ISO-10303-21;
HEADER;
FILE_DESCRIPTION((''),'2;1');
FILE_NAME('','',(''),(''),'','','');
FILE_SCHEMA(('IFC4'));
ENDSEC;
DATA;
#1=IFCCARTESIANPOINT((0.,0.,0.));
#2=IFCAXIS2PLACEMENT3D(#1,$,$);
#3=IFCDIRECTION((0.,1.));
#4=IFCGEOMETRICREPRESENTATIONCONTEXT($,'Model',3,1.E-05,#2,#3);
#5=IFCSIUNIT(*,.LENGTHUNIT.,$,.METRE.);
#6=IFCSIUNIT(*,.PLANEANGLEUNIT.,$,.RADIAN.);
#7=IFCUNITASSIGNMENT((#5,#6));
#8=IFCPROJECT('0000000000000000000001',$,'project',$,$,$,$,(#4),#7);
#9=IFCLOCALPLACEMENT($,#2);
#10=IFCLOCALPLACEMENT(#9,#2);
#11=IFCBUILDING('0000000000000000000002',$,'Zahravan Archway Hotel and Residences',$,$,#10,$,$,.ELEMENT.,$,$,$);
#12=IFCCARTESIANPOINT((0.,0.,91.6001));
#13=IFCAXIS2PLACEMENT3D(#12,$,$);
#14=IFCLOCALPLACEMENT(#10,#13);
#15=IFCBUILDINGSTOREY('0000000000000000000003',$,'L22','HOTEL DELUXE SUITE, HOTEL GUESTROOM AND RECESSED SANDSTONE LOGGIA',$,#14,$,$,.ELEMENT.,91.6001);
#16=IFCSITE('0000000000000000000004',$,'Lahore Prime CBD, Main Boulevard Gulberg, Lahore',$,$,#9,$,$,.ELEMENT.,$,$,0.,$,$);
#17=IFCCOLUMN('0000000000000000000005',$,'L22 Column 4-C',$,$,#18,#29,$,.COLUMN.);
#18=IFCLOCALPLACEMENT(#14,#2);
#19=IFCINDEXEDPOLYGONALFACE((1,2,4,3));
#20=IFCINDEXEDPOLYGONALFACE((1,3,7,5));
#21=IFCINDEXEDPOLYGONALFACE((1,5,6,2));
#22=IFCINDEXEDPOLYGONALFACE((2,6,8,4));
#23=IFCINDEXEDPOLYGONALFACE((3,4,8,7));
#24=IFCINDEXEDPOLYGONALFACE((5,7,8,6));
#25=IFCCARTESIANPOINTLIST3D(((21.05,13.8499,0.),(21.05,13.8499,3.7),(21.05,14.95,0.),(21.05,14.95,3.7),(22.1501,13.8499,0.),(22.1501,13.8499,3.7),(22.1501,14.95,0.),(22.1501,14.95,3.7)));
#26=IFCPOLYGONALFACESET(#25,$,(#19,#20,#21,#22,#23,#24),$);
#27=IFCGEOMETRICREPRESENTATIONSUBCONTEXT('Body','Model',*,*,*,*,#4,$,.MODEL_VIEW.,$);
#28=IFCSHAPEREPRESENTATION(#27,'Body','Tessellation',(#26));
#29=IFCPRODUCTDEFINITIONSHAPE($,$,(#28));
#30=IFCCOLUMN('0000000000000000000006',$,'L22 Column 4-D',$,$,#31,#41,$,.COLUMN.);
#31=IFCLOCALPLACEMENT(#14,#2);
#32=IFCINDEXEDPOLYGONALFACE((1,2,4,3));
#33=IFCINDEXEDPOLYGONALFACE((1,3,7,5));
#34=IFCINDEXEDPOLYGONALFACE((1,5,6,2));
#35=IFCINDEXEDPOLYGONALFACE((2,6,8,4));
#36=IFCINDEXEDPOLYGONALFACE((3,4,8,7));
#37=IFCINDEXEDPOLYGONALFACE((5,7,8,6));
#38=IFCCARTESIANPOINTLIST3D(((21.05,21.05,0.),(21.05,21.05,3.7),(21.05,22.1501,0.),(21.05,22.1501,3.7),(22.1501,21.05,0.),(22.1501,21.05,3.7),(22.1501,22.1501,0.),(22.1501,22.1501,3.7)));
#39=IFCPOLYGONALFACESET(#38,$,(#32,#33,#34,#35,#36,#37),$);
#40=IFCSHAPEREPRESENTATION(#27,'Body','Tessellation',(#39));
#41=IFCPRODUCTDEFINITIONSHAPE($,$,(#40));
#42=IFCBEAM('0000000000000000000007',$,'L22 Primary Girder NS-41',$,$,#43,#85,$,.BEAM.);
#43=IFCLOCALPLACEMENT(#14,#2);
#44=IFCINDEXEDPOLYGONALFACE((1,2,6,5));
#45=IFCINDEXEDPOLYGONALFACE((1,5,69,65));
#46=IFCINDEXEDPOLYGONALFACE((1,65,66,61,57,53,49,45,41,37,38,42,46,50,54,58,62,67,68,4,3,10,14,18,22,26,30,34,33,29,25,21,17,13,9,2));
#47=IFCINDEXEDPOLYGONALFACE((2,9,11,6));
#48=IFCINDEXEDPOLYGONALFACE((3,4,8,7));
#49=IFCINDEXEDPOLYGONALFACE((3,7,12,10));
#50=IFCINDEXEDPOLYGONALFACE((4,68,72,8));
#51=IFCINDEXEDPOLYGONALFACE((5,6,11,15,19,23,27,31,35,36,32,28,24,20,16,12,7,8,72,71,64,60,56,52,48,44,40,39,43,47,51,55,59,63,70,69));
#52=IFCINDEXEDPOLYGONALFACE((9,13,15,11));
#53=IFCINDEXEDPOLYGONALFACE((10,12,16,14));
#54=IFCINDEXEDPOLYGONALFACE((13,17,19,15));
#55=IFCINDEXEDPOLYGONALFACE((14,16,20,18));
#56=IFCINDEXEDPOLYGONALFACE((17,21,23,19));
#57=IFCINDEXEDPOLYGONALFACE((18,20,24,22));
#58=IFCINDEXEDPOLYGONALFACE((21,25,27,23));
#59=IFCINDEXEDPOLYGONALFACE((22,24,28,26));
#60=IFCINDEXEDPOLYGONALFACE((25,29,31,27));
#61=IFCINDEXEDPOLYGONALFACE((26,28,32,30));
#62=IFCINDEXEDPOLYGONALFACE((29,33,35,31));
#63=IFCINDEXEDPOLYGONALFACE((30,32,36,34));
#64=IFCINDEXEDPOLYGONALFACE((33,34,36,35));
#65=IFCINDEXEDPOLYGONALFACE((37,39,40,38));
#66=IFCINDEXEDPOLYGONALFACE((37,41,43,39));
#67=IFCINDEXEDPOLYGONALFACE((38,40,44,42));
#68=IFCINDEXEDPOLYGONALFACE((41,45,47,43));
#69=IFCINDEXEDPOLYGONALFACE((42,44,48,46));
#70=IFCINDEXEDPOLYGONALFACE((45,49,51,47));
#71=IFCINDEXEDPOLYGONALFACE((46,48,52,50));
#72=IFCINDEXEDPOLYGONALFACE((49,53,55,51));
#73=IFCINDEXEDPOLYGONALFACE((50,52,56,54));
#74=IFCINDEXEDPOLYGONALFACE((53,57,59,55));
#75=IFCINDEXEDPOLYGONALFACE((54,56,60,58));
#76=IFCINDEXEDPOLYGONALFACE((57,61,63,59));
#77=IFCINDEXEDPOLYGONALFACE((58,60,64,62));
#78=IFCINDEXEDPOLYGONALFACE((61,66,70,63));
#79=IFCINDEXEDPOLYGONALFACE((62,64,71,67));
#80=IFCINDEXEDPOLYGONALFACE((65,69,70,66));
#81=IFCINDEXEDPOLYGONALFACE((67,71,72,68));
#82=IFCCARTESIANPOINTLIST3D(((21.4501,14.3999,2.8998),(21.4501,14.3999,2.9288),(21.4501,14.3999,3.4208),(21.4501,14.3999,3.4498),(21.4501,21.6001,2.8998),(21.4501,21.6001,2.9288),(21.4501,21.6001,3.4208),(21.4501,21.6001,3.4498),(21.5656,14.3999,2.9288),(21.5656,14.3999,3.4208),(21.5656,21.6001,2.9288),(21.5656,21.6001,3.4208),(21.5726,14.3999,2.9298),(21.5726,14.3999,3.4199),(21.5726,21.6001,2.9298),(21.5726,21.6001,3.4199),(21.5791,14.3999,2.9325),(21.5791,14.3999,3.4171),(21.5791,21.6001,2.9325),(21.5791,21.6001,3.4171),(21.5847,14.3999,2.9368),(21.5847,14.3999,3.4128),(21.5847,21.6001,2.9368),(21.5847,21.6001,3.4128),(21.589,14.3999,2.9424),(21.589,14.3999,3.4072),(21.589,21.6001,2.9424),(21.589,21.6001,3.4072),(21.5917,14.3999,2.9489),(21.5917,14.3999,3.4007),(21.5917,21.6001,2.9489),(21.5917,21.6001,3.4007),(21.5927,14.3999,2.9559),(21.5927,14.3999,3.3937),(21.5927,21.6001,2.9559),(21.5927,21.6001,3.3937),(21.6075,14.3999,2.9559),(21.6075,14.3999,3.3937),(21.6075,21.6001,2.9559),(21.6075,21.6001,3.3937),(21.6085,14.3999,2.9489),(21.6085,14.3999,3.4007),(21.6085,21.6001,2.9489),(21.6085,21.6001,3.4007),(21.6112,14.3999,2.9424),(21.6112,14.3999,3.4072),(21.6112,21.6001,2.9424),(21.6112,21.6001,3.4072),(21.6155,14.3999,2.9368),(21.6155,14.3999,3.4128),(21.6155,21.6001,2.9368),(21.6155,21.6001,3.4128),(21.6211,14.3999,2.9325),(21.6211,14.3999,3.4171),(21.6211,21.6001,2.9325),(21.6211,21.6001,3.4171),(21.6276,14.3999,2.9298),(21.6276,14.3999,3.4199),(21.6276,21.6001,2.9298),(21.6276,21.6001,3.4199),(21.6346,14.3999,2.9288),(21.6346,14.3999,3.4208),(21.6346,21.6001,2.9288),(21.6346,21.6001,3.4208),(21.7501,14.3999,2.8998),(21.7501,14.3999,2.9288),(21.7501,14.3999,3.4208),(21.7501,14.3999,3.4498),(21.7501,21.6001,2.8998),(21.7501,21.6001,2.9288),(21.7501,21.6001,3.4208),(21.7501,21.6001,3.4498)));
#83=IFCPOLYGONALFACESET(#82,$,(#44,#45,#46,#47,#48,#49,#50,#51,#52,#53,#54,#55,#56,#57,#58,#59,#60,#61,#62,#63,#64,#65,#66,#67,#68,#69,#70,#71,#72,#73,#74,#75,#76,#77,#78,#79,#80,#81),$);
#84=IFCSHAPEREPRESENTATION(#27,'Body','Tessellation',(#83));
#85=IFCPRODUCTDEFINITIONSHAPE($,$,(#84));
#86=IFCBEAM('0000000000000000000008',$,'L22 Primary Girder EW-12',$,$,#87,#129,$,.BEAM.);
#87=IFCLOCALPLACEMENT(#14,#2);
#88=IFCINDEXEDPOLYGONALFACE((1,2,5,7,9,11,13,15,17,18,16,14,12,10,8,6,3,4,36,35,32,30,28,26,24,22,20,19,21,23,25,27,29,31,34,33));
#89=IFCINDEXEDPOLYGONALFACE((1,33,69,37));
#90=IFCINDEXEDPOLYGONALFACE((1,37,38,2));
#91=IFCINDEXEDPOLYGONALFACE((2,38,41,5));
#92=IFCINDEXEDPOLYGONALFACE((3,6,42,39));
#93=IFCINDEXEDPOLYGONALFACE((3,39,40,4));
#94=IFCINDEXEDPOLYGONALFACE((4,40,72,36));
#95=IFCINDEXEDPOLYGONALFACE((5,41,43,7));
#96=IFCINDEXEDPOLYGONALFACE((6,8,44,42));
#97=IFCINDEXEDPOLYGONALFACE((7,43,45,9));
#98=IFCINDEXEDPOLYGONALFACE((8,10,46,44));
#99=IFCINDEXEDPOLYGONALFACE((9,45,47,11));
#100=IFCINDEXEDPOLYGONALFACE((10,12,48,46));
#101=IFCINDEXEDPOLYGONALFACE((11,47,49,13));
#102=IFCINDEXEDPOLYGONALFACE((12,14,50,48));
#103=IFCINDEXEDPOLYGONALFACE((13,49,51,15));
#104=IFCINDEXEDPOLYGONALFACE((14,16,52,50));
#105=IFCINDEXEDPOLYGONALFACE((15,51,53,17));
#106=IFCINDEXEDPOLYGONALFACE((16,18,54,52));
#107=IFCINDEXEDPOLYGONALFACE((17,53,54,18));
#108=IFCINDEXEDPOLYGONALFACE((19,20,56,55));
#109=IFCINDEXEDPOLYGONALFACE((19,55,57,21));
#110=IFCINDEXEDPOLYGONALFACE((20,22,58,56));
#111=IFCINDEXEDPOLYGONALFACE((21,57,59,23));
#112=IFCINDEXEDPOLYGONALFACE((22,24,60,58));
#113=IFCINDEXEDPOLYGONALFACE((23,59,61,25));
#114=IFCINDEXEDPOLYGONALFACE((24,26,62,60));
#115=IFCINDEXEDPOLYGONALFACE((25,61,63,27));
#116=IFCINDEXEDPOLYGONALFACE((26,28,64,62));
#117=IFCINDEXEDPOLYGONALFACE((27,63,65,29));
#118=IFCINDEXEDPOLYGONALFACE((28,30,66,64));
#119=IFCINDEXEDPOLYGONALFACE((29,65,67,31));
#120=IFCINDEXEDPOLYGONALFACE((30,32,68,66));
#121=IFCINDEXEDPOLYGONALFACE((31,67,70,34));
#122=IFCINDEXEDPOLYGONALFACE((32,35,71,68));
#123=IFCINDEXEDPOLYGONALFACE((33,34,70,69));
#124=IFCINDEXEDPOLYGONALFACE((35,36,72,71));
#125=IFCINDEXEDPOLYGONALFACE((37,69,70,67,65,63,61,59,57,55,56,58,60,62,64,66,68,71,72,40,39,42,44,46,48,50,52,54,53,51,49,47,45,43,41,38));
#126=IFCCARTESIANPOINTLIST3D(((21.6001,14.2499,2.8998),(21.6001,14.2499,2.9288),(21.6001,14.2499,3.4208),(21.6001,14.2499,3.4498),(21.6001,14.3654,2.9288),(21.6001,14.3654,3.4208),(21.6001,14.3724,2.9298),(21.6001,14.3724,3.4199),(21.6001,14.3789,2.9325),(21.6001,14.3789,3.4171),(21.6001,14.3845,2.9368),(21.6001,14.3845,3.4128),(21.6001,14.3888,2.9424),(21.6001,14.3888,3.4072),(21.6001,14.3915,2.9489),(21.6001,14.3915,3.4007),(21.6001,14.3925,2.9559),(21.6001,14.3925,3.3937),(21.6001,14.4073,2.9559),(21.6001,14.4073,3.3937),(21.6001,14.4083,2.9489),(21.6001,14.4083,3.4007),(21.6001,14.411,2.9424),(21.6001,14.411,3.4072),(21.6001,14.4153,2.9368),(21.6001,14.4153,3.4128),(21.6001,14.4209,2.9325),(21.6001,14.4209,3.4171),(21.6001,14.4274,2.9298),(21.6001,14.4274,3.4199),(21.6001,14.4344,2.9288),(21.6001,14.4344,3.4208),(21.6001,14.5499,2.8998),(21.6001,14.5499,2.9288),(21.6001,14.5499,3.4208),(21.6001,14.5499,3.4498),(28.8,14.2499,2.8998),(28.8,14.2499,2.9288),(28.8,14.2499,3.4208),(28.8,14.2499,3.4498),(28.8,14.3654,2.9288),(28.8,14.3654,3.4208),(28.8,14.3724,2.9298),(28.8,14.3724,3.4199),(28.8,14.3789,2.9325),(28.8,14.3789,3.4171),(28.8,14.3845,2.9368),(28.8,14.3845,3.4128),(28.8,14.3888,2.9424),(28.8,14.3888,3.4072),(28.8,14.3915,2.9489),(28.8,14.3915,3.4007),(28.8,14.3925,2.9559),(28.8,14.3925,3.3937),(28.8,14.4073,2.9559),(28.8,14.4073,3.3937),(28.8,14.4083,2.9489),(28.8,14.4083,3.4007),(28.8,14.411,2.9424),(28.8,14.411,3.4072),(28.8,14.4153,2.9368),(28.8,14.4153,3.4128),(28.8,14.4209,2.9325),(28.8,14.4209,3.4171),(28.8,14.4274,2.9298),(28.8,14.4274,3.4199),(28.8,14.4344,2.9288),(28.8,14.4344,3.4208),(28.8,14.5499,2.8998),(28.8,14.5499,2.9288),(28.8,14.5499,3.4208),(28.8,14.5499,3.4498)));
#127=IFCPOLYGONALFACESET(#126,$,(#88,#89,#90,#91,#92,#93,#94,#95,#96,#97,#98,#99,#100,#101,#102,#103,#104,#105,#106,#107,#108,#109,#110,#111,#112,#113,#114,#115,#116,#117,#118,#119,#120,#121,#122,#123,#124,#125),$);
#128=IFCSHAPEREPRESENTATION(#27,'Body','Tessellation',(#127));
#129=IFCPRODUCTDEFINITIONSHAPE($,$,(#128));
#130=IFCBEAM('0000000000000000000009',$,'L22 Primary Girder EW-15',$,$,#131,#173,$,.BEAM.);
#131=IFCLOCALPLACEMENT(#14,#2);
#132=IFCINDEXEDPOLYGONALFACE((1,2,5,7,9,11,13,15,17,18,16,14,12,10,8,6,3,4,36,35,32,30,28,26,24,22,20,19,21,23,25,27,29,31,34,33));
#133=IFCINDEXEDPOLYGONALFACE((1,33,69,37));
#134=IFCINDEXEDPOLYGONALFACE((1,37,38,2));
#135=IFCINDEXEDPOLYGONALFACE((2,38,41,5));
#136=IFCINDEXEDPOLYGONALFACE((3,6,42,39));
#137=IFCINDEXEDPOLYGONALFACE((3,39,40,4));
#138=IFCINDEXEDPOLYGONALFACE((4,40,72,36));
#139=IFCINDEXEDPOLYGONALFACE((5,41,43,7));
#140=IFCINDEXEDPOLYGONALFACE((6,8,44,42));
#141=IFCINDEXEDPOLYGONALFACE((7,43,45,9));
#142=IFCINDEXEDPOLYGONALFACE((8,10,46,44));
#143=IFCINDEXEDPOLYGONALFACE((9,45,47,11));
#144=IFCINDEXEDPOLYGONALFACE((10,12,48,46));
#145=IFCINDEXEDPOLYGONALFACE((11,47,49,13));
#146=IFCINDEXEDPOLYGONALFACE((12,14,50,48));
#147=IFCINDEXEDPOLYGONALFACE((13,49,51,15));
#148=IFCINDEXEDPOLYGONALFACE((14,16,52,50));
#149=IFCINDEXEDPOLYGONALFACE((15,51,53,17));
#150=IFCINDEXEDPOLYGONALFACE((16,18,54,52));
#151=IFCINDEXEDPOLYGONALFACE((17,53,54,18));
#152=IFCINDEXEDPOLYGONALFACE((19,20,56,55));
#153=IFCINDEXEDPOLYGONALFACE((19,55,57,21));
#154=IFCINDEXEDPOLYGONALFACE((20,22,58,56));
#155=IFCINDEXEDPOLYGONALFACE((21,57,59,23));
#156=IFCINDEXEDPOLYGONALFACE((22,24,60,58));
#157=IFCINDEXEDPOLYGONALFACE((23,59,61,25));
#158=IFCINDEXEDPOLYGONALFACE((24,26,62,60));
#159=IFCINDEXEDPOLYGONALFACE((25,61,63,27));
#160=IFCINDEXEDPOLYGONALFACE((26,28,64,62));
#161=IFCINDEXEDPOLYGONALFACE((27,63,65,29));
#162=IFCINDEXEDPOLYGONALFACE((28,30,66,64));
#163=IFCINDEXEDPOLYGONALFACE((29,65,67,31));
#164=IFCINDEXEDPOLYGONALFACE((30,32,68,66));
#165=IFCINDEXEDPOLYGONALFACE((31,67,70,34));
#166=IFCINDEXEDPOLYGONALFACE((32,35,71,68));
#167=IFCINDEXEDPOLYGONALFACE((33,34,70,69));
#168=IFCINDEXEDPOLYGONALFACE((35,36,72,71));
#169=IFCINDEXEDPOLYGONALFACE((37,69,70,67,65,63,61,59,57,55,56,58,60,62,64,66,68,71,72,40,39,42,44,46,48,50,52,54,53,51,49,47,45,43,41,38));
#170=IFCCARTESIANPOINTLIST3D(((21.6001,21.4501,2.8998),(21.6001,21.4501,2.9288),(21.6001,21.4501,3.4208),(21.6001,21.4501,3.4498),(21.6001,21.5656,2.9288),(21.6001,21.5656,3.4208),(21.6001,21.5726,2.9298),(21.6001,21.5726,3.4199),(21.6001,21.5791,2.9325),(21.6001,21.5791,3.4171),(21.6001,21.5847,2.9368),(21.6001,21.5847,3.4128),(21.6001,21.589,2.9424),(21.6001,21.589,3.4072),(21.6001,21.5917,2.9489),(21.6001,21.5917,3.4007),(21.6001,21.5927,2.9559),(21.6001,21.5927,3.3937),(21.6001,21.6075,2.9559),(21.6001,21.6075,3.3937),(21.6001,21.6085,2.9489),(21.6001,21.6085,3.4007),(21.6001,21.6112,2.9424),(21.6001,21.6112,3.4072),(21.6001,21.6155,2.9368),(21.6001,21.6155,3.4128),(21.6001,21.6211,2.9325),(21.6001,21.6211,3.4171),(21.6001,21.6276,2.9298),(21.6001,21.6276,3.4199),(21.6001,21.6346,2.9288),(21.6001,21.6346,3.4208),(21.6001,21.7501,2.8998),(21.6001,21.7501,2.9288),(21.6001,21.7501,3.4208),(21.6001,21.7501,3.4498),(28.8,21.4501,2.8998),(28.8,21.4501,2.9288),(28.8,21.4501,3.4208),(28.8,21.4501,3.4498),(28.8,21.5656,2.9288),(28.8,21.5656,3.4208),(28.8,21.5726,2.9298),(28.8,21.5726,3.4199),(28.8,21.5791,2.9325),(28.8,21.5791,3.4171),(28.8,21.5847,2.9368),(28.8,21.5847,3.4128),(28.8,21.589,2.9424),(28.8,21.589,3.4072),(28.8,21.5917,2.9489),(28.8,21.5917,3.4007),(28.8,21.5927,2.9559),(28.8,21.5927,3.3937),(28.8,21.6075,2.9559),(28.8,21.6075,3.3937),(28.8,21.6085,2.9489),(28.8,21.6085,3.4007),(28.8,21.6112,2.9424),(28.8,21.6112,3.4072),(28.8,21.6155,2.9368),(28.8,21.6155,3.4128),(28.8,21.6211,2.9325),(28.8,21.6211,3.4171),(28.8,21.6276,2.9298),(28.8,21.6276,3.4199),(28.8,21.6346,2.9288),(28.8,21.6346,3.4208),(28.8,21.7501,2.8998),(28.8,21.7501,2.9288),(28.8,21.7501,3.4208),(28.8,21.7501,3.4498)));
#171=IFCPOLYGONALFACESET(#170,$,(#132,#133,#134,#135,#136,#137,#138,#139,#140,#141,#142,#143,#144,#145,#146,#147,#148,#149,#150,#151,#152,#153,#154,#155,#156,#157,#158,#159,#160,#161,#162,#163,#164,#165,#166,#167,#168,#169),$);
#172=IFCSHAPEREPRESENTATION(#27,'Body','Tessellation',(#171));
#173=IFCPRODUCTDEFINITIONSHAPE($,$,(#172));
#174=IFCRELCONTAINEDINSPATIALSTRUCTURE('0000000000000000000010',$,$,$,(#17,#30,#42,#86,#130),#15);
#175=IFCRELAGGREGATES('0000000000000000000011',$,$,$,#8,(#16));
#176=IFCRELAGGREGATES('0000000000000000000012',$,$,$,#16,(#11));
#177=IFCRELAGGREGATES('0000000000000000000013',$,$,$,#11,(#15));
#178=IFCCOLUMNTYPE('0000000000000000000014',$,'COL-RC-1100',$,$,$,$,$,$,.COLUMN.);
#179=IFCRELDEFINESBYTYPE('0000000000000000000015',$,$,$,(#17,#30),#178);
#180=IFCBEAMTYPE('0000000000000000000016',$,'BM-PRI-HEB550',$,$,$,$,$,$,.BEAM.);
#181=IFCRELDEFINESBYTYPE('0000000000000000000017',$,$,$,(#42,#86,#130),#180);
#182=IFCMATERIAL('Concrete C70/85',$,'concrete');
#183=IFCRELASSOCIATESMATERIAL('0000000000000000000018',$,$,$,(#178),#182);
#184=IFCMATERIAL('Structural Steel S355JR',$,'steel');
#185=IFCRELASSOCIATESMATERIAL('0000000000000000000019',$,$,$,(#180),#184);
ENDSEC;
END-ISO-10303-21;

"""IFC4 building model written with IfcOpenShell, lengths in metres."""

from ifc_helpers import new_model, si_unit, direction, frame, origin, origin_2d, place, context, subcontext, project, spatial, rectangle, i_section, extrude, source, transform, mapped, material, material_profile, profile_set, type_object, type_shapes, element, save


model = new_model("IFC4")

# Units and contexts
model_context = context("Model", 3, precision=1e-05, world=origin(), true_north=direction((0.0, 1.0)))
body_context = subcontext(model_context, "Body", "Model", "MODEL_VIEW")
ifc_project = project(units=[si_unit("LENGTHUNIT", "METRE"), si_unit("PLANEANGLEUNIT", "RADIAN")], contexts=[model_context])

# Site, building, storey
site_placement = place(None, origin())
site = spatial("IfcSite", under=ifc_project, at=site_placement, Name="Lahore Prime CBD, Main Boulevard Gulberg, Lahore", CompositionType="ELEMENT", RefElevation=0.0)
building_placement = place(site_placement, origin())
building = spatial("IfcBuilding", under=site, at=building_placement, Name="Zahravan Archway Hotel and Residences", CompositionType="ELEMENT")
storey_placement = place(building_placement, frame((0.0, 0.0, 91.6001)))
storey = spatial("IfcBuildingStorey", under=building, at=storey_placement, Name="L22", Description="HOTEL DELUXE SUITE, HOTEL GUESTROOM AND RECESSED SANDSTONE LOGGIA", CompositionType="ELEMENT", Elevation=91.6001)

# Columns
ifc_material_1 = material(Name="Concrete C70/85", Category="concrete")
ifc_material_profile_1 = material_profile(ifc_material_1, rectangle(XDim=1.1001, YDim=1.1001, at=origin_2d()), Name="RC 1100x1100", Category="concrete")
ifc_profile_set_1 = profile_set([ifc_material_profile_1], Name="Concrete C70/85")
column_type = type_object("IfcColumnType", Name="COL-RC-1100", PredefinedType="COLUMN", material=ifc_profile_set_1)
shared_shape_1 = source(origin(), body_context, "Body", "SweptSolid", [
    extrude(rectangle(XDim=1.1001, YDim=1.1001, at=origin_2d()), origin(), (0.0, 0.0, 1.0), 3.7),
])
for number, where, z_axis, x_axis, name in (
    (1, (21.6001, 14.3999, 0.0), (0.0, 0.0, 1.0), (1.0, 0.0, 0.0), "L22 Column 4-C"),
    (2, (21.6001, 21.6001, 0.0), (0.0, 0.0, 1.0), (1.0, 0.0, 0.0), "L22 Column 4-D"),
):
    element("IfcColumn", number, at=place(storey_placement, frame(where, z_axis=z_axis, x_axis=x_axis)), inside=storey, type_object=column_type, Name=name, PredefinedType="COLUMN", context=body_context, shape_type="MappedRepresentation", body=[
        mapped(shared_shape_1, transform((0.0, 0.0, 0.0), scale=1.0)),
    ])

# Beams
ifc_material_2 = material(Name="Structural Steel S355JR", Category="steel")
ifc_material_profile_2 = material_profile(ifc_material_2, i_section(OverallWidth=0.3, OverallDepth=0.55, WebThickness=0.0149, FlangeThickness=0.0291, FilletRadius=0.0271, at=origin_2d()), Name="HEB 550", Category="steel")
ifc_profile_set_2 = profile_set([ifc_material_profile_2], Name="Structural Steel S355JR")
beam_type_1 = type_object("IfcBeamType", Name="BM-PRI-HEB550", PredefinedType="BEAM", material=ifc_profile_set_2)
shared_shape_2 = source(origin(), body_context, "Body", "SweptSolid", [
    extrude(i_section(OverallWidth=0.3, OverallDepth=0.55, WebThickness=0.0149, FlangeThickness=0.0291, FilletRadius=0.0271, at=origin_2d()), origin(), (0.0, 0.0, 1.0), 7.2002),
])
type_shapes(beam_type_1, [shared_shape_2])
beam_1_placement = place(storey_placement, frame((21.6001, 14.3999, 3.1748), z_axis=(0.0, 1.0, 0.0), x_axis=(-1.0, 0.0, 0.0)))
element("IfcBeam", 3, at=beam_1_placement, inside=storey, type_object=beam_type_1, Name="L22 Primary Girder NS-41", PredefinedType="BEAM", context=body_context, shape_type="MappedRepresentation", body=[
    mapped(shared_shape_2, transform((0.0, 0.0, 0.0), scale=1.0)),
])
shared_shape_3 = source(origin(), body_context, "Body", "SweptSolid", [
    extrude(i_section(OverallWidth=0.3, OverallDepth=0.55, WebThickness=0.0149, FlangeThickness=0.0291, FilletRadius=0.0271, at=origin_2d()), origin(), (0.0, 0.0, 1.0), 7.2),
])
for number, where, z_axis, x_axis, name in (
    (4, (21.6001, 14.3999, 3.1748), (1.0, 0.0, 0.0), (0.0, 1.0, 0.0), "L22 Primary Girder EW-12"),
    (5, (21.6001, 21.6001, 3.1748), (1.0, 0.0, 0.0), (0.0, 1.0, 0.0), "L22 Primary Girder EW-15"),
):
    element("IfcBeam", number, at=place(storey_placement, frame(where, z_axis=z_axis, x_axis=x_axis)), inside=storey, type_object=beam_type_1, Name=name, PredefinedType="BEAM", context=body_context, shape_type="MappedRepresentation", body=[
        mapped(shared_shape_3, transform((0.0, 0.0, 0.0), scale=1.0)),
    ])

save(model, "model.ifc")
